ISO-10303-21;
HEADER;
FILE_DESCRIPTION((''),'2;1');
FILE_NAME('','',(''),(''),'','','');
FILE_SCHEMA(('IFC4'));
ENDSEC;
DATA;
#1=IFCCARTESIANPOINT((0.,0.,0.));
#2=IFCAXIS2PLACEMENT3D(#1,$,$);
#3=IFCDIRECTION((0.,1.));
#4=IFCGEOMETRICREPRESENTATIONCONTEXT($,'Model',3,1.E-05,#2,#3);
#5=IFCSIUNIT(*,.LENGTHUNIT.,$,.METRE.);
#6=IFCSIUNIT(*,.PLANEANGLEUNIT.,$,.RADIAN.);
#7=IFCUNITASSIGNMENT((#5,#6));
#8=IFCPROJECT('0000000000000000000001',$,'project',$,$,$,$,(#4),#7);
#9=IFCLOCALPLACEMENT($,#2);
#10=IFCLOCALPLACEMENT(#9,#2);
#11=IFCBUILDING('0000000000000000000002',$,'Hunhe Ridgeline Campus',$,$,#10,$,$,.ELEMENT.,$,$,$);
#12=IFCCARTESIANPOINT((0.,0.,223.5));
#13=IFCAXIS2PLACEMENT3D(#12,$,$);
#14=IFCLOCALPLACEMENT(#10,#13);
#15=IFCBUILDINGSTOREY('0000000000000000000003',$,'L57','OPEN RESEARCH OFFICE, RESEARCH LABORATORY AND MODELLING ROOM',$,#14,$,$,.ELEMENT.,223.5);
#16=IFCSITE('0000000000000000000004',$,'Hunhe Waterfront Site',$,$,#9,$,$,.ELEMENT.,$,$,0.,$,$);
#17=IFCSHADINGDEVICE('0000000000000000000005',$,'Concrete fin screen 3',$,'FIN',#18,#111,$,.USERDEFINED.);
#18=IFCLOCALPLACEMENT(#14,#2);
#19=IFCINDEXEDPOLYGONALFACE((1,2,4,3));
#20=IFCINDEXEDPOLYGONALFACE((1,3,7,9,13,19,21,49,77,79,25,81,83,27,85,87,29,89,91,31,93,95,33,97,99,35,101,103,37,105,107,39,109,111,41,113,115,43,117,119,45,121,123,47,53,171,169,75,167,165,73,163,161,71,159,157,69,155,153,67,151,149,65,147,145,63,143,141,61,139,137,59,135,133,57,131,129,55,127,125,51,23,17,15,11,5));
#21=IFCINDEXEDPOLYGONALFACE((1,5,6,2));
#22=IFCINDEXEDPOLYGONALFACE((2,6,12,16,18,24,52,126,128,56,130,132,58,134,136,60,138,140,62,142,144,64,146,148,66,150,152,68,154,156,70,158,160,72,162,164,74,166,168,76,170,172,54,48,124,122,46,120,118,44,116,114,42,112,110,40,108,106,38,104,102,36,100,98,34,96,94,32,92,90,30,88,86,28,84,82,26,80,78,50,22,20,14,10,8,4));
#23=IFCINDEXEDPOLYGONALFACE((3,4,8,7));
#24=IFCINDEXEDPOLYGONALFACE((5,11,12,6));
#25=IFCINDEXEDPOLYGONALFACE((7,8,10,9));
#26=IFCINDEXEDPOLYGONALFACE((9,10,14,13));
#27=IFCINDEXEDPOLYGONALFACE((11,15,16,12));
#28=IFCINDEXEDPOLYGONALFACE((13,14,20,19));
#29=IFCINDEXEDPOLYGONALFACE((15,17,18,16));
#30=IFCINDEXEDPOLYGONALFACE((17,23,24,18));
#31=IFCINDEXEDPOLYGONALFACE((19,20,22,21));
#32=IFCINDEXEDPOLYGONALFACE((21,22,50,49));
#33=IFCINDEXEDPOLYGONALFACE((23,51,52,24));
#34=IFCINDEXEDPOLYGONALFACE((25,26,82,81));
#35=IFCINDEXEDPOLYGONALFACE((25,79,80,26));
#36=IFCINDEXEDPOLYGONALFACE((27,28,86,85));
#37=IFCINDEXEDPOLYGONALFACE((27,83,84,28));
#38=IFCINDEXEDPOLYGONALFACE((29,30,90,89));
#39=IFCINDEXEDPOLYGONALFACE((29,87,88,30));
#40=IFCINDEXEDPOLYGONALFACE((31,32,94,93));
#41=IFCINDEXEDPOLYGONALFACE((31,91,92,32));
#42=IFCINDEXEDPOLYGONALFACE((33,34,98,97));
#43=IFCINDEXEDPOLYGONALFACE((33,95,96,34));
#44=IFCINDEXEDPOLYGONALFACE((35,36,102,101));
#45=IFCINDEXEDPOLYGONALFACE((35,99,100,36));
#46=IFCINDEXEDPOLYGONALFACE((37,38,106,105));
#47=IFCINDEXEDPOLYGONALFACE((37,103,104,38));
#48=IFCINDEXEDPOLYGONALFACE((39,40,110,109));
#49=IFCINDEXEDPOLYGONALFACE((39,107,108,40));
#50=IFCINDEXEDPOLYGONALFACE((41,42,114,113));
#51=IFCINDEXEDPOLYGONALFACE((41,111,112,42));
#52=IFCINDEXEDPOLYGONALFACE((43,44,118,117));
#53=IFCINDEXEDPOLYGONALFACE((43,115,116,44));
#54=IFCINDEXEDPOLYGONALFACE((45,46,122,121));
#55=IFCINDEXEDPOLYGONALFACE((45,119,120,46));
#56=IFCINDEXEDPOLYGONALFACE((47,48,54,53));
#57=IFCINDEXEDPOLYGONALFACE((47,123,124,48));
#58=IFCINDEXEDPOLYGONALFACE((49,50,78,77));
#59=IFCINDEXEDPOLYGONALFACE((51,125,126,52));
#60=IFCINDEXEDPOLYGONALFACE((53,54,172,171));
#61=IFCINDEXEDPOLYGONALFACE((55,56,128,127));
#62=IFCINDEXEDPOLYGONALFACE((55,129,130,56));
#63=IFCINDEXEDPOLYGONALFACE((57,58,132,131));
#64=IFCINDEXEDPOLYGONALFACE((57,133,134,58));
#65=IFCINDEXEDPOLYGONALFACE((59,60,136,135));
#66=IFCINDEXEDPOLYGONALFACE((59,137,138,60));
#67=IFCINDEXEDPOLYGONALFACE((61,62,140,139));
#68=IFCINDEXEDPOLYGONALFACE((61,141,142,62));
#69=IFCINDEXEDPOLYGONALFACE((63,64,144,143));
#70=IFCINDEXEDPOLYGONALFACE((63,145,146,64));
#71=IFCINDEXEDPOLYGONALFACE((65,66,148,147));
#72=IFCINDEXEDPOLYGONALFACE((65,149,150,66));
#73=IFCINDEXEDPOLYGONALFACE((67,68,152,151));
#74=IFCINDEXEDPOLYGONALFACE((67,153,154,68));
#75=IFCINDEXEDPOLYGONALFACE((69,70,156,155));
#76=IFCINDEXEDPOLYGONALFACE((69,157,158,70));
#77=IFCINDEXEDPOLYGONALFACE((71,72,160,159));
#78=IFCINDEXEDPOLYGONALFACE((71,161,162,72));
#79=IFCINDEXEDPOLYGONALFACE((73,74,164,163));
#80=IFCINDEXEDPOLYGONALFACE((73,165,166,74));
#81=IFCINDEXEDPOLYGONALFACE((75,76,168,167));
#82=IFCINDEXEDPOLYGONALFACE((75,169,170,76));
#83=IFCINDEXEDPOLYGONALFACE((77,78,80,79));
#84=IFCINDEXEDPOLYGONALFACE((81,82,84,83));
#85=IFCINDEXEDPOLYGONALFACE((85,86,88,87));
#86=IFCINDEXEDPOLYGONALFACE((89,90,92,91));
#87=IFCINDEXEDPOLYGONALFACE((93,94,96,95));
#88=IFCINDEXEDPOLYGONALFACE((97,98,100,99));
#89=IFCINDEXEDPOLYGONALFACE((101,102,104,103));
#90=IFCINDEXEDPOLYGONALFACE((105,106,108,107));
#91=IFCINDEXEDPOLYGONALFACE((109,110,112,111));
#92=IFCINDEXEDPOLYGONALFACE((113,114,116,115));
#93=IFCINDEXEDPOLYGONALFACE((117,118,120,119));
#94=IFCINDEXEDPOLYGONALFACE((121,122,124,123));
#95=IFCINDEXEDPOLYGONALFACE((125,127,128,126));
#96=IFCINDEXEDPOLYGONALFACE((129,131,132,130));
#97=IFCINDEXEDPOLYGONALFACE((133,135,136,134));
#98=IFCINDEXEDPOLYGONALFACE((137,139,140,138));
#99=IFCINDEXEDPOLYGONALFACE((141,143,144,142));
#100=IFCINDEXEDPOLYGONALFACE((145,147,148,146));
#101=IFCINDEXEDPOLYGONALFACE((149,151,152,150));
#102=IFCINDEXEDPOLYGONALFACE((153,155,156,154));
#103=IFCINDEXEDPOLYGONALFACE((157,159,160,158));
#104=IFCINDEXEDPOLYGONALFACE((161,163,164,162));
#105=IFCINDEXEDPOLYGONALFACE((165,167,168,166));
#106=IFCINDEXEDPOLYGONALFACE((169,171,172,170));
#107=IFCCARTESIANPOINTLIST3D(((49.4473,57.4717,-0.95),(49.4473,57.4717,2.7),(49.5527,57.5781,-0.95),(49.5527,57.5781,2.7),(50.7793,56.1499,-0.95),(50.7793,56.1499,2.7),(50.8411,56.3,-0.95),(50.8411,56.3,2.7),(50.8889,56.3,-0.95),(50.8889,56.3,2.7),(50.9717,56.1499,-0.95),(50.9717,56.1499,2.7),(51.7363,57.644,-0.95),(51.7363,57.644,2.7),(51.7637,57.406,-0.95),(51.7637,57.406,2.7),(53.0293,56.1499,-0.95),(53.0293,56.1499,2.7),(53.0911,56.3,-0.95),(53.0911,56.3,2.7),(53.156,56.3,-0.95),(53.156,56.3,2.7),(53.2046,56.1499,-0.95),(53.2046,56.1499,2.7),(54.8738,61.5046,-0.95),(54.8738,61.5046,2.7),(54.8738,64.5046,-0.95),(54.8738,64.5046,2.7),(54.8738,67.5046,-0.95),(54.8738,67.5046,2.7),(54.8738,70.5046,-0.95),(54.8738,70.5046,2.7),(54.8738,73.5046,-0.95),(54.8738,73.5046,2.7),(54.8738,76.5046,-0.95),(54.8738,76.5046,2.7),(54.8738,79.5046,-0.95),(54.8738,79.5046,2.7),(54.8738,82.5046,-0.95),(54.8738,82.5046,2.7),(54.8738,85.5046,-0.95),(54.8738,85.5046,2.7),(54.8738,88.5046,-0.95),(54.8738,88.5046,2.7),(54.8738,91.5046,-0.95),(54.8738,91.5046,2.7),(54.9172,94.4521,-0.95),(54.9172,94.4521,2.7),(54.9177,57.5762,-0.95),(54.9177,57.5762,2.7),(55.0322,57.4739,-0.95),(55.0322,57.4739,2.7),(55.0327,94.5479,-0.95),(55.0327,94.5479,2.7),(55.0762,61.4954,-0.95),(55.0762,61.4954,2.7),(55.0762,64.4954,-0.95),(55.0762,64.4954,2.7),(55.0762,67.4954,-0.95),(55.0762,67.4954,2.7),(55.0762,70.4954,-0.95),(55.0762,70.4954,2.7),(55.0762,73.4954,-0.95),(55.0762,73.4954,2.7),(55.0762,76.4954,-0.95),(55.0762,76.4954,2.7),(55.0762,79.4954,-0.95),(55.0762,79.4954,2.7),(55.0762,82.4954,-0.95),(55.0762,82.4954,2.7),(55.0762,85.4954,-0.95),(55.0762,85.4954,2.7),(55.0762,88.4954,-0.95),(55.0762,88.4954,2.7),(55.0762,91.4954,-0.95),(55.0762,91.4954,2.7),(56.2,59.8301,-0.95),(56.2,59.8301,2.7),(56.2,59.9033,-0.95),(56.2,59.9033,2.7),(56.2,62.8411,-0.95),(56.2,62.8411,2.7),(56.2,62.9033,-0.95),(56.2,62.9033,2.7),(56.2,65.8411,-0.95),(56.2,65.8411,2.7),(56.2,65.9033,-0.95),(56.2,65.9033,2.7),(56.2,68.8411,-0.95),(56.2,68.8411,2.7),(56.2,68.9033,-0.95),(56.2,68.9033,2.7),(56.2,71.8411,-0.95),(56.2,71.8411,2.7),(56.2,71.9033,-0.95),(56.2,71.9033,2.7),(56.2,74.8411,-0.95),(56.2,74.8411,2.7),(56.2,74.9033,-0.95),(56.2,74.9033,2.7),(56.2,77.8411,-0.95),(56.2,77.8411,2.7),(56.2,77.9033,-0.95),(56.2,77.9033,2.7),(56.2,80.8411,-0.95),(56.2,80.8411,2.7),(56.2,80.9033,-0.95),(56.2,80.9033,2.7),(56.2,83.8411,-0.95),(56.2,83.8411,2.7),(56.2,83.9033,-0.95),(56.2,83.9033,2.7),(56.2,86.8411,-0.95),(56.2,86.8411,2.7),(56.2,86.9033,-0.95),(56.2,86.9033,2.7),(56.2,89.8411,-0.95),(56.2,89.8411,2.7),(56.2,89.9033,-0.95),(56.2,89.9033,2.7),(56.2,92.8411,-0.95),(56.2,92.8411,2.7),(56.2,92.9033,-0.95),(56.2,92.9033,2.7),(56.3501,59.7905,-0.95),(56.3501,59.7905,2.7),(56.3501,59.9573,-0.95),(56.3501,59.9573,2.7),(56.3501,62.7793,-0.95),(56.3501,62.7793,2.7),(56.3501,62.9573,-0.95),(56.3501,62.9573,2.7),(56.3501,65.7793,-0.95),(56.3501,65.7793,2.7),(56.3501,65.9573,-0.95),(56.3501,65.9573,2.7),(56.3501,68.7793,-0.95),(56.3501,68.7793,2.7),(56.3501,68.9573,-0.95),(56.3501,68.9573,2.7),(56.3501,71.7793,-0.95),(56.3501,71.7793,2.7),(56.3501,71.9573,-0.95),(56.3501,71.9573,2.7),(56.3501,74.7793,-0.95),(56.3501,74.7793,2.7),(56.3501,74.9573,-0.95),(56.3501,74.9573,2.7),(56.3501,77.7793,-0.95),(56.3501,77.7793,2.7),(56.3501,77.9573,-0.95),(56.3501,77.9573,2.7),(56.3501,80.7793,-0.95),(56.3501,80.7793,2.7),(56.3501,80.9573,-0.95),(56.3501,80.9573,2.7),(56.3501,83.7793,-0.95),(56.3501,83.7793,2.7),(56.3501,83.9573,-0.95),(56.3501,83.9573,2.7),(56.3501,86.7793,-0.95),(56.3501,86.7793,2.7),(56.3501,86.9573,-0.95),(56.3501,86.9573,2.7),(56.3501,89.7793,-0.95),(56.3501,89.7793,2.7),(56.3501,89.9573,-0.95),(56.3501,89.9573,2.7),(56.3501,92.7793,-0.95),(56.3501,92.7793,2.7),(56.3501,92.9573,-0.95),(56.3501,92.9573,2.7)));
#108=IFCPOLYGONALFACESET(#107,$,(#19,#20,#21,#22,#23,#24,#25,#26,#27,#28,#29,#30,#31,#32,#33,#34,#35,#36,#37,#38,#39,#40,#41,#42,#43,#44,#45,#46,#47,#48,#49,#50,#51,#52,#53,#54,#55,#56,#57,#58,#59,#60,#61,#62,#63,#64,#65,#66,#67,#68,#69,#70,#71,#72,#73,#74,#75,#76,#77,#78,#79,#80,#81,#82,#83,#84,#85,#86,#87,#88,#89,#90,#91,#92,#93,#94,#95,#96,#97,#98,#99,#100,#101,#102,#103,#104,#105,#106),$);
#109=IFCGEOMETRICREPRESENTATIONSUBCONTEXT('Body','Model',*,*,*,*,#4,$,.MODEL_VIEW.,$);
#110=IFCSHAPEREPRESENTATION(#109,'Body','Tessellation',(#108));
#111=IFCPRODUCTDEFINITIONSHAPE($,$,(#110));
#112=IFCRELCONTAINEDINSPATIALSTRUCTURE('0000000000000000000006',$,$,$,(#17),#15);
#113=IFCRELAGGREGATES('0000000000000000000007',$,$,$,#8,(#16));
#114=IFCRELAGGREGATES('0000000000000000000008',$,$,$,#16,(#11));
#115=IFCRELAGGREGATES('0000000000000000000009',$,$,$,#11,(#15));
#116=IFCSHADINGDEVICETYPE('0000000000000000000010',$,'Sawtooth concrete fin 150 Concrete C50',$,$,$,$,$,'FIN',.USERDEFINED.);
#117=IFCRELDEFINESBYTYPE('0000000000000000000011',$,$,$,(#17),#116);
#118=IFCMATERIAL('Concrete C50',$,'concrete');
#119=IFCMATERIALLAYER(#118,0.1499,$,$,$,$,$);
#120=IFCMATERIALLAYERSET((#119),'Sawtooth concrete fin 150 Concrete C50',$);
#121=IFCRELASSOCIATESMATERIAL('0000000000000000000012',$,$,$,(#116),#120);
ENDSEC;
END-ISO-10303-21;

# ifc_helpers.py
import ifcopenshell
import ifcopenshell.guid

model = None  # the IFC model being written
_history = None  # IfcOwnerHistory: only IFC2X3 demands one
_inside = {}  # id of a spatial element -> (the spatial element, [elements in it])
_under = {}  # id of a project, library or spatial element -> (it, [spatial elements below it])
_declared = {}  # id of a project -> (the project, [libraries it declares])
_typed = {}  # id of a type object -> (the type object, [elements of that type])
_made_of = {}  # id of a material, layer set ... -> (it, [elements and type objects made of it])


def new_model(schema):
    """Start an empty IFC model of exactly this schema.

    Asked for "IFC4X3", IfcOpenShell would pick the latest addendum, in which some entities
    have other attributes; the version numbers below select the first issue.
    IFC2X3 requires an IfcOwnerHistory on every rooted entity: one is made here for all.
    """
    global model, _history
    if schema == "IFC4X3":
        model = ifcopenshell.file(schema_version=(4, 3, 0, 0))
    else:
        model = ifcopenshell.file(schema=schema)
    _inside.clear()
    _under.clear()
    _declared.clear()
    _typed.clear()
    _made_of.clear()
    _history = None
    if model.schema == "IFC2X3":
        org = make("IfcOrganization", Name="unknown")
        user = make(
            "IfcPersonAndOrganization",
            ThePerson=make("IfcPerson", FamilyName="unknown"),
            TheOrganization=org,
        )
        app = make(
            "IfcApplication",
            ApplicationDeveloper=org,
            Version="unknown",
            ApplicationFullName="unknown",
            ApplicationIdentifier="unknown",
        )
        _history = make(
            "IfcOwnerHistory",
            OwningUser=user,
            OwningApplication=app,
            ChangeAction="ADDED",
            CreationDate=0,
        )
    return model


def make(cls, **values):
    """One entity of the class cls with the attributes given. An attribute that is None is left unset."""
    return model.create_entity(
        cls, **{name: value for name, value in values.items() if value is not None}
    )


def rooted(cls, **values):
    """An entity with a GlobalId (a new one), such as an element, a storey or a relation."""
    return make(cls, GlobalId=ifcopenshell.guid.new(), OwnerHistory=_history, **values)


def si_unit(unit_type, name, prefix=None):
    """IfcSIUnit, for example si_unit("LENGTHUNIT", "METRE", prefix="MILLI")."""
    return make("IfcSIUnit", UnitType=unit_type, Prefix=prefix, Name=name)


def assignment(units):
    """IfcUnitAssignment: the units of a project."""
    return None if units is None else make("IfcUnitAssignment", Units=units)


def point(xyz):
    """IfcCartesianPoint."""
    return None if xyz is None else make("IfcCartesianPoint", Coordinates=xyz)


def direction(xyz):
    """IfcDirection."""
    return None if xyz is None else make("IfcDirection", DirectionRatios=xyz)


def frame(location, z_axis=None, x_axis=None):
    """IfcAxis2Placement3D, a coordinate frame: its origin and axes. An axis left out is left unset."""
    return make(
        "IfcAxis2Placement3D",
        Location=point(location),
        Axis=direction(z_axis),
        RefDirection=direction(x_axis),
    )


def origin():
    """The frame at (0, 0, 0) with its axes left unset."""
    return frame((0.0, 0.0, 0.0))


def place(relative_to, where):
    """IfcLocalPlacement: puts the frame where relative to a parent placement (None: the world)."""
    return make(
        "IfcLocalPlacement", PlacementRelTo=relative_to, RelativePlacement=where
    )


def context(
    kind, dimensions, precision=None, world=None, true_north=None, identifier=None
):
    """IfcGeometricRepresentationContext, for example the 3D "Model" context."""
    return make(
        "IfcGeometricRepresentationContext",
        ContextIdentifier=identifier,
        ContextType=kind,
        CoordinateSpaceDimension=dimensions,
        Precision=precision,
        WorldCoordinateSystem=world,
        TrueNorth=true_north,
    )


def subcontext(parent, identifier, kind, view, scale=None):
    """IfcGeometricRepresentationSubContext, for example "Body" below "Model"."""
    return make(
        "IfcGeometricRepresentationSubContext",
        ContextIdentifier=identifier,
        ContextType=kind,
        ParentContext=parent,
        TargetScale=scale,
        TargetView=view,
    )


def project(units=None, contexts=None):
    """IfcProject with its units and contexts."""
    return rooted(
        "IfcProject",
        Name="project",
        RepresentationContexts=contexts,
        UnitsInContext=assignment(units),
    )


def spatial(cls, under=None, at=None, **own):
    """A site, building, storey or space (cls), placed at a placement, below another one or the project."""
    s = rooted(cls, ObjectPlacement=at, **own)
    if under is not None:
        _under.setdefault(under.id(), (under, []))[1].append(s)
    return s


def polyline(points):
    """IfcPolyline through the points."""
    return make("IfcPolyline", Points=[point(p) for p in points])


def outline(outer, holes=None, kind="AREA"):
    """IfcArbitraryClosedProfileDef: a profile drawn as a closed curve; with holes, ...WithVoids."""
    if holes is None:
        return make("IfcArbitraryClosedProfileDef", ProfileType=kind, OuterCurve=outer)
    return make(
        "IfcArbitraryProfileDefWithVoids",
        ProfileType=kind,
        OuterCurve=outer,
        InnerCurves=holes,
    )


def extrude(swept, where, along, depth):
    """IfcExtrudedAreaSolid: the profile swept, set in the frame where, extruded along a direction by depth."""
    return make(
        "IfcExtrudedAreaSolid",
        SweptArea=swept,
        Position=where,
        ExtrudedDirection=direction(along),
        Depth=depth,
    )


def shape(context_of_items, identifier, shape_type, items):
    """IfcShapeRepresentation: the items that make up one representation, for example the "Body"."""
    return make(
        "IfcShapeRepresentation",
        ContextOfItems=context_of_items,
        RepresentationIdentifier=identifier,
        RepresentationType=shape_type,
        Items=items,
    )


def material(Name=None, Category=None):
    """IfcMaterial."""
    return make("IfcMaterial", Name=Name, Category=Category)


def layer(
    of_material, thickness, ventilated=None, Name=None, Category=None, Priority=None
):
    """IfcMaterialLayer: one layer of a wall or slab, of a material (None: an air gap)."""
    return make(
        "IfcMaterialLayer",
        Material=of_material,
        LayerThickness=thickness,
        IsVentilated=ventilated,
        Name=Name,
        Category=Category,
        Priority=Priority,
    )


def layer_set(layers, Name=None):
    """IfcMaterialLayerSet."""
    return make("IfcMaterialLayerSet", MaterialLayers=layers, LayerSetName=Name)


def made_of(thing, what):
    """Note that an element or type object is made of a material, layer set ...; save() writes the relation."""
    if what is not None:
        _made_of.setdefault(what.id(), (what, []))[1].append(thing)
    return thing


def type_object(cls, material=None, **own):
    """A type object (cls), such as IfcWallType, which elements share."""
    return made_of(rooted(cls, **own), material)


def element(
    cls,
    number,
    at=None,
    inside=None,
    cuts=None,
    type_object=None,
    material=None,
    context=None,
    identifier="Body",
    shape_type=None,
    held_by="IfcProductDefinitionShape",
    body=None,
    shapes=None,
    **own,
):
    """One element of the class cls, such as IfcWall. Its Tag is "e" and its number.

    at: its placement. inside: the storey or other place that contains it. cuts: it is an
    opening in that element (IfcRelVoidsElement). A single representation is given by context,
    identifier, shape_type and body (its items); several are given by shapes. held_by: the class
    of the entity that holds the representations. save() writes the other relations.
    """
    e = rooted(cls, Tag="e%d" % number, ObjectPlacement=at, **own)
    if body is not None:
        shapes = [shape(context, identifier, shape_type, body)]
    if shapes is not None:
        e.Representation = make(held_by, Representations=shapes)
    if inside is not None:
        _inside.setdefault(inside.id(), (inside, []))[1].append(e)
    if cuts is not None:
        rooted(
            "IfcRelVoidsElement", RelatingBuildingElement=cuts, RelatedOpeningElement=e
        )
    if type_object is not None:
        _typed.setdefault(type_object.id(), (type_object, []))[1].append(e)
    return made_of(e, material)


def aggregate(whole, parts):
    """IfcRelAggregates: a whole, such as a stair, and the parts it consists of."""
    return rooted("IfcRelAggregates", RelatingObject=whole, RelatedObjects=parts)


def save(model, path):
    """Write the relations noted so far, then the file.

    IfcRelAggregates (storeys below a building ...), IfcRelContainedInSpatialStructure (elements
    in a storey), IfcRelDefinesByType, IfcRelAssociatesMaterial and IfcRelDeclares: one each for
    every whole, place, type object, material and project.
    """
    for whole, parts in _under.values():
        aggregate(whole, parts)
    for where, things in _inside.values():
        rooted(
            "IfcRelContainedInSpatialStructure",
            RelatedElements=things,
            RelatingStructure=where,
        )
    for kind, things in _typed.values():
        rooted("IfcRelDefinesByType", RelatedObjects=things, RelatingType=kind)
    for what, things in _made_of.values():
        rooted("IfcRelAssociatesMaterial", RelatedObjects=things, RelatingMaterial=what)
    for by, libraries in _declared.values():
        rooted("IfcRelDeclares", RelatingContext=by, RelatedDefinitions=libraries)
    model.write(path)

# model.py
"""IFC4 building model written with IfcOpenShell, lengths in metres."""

from ifc_helpers import new_model, si_unit, direction, frame, origin, place, context, subcontext, project, spatial, polyline, outline, extrude, material, layer, layer_set, type_object, element, save


model = new_model("IFC4")

# Units and contexts
model_context = context("Model", 3, precision=1e-05, world=origin(), true_north=direction((0.0, 1.0)))
body_context = subcontext(model_context, "Body", "Model", "MODEL_VIEW")
ifc_project = project(units=[si_unit("LENGTHUNIT", "METRE"), si_unit("PLANEANGLEUNIT", "RADIAN")], contexts=[model_context])

# Site, building, storey
site_placement = place(None, origin())
site = spatial("IfcSite", under=ifc_project, at=site_placement, Name="Hunhe Waterfront Site", CompositionType="ELEMENT", RefElevation=0.0)
building_placement = place(site_placement, origin())
building = spatial("IfcBuilding", under=site, at=building_placement, Name="Hunhe Ridgeline Campus", CompositionType="ELEMENT")
storey_placement = place(building_placement, frame((0.0, 0.0, 223.5)))
storey = spatial("IfcBuildingStorey", under=building, at=storey_placement, Name="L57", Description="OPEN RESEARCH OFFICE, RESEARCH LABORATORY AND MODELLING ROOM", CompositionType="ELEMENT", Elevation=223.5)

# Shading device
ifc_material_1 = material(Name="Concrete C50", Category="concrete")
ifc_layer_1 = layer(ifc_material_1, 0.1499)
ifc_layer_set_1 = layer_set([ifc_layer_1], Name="Sawtooth concrete fin 150 Concrete C50")
shading_device_type = type_object("IfcShadingDeviceType", Name="Sawtooth concrete fin 150 Concrete C50", ElementType="FIN", PredefinedType="USERDEFINED", material=ifc_layer_set_1)
shading_device_1_placement = place(storey_placement, frame((0.0, 0.0, -0.95)))
element("IfcShadingDevice", 1, at=shading_device_1_placement, inside=storey, type_object=shading_device_type, Name="Concrete fin screen 3", ObjectType="FIN", PredefinedType="USERDEFINED", context=body_context, shape_type="SweptSolid", body=[
    extrude(outline(polyline([(49.5527, 57.5781), (49.4473, 57.4717), (50.7793, 56.1499), (50.9717, 56.1499), (51.7637, 57.406), (53.0293, 56.1499), (53.2046, 56.1499), (55.0322, 57.4739), (56.3501, 59.7905), (56.3501, 59.9573), (55.0762, 61.4954), (56.3501, 62.7793), (56.3501, 62.9573), (55.0762, 64.4954), (56.3501, 65.7793), (56.3501, 65.9573), (55.0762, 67.4954), (56.3501, 68.7793), (56.3501, 68.9573), (55.0762, 70.4954), (56.3501, 71.7793), (56.3501, 71.9573), (55.0762, 73.4954), (56.3501, 74.7793), (56.3501, 74.9573), (55.0762, 76.4954), (56.3501, 77.7793), (56.3501, 77.9573), (55.0762, 79.4954), (56.3501, 80.7793), (56.3501, 80.9573), (55.0762, 82.4954), (56.3501, 83.7793), (56.3501, 83.9573), (55.0762, 85.4954), (56.3501, 86.7793), (56.3501, 86.9573), (55.0762, 88.4954), (56.3501, 89.7793), (56.3501, 89.9573), (55.0762, 91.4954), (56.3501, 92.7793), (56.3501, 92.9573), (55.0327, 94.5479), (54.9172, 94.4521), (56.2, 92.9033), (56.2, 92.8411), (54.8738, 91.5046), (56.2, 89.9033), (56.2, 89.8411), (54.8738, 88.5046), (56.2, 86.9033), (56.2, 86.8411), (54.8738, 85.5046), (56.2, 83.9033), (56.2, 83.8411), (54.8738, 82.5046), (56.2, 80.9033), (56.2, 80.8411), (54.8738, 79.5046), (56.2, 77.9033), (56.2, 77.8411), (54.8738, 76.5046), (56.2, 74.9033), (56.2, 74.8411), (54.8738, 73.5046), (56.2, 71.9033), (56.2, 71.8411), (54.8738, 70.5046), (56.2, 68.9033), (56.2, 68.8411), (54.8738, 67.5046), (56.2, 65.9033), (56.2, 65.8411), (54.8738, 64.5046), (56.2, 62.9033), (56.2, 62.8411), (54.8738, 61.5046), (56.2, 59.9033), (56.2, 59.8301), (54.9177, 57.5762), (53.156, 56.3), (53.0911, 56.3), (51.7363, 57.644), (50.8889, 56.3), (50.8411, 56.3), (49.5527, 57.5781)])), origin(), (0.0, 0.0, 1.0), 3.6499),
])

save(model, "model.ifc")
